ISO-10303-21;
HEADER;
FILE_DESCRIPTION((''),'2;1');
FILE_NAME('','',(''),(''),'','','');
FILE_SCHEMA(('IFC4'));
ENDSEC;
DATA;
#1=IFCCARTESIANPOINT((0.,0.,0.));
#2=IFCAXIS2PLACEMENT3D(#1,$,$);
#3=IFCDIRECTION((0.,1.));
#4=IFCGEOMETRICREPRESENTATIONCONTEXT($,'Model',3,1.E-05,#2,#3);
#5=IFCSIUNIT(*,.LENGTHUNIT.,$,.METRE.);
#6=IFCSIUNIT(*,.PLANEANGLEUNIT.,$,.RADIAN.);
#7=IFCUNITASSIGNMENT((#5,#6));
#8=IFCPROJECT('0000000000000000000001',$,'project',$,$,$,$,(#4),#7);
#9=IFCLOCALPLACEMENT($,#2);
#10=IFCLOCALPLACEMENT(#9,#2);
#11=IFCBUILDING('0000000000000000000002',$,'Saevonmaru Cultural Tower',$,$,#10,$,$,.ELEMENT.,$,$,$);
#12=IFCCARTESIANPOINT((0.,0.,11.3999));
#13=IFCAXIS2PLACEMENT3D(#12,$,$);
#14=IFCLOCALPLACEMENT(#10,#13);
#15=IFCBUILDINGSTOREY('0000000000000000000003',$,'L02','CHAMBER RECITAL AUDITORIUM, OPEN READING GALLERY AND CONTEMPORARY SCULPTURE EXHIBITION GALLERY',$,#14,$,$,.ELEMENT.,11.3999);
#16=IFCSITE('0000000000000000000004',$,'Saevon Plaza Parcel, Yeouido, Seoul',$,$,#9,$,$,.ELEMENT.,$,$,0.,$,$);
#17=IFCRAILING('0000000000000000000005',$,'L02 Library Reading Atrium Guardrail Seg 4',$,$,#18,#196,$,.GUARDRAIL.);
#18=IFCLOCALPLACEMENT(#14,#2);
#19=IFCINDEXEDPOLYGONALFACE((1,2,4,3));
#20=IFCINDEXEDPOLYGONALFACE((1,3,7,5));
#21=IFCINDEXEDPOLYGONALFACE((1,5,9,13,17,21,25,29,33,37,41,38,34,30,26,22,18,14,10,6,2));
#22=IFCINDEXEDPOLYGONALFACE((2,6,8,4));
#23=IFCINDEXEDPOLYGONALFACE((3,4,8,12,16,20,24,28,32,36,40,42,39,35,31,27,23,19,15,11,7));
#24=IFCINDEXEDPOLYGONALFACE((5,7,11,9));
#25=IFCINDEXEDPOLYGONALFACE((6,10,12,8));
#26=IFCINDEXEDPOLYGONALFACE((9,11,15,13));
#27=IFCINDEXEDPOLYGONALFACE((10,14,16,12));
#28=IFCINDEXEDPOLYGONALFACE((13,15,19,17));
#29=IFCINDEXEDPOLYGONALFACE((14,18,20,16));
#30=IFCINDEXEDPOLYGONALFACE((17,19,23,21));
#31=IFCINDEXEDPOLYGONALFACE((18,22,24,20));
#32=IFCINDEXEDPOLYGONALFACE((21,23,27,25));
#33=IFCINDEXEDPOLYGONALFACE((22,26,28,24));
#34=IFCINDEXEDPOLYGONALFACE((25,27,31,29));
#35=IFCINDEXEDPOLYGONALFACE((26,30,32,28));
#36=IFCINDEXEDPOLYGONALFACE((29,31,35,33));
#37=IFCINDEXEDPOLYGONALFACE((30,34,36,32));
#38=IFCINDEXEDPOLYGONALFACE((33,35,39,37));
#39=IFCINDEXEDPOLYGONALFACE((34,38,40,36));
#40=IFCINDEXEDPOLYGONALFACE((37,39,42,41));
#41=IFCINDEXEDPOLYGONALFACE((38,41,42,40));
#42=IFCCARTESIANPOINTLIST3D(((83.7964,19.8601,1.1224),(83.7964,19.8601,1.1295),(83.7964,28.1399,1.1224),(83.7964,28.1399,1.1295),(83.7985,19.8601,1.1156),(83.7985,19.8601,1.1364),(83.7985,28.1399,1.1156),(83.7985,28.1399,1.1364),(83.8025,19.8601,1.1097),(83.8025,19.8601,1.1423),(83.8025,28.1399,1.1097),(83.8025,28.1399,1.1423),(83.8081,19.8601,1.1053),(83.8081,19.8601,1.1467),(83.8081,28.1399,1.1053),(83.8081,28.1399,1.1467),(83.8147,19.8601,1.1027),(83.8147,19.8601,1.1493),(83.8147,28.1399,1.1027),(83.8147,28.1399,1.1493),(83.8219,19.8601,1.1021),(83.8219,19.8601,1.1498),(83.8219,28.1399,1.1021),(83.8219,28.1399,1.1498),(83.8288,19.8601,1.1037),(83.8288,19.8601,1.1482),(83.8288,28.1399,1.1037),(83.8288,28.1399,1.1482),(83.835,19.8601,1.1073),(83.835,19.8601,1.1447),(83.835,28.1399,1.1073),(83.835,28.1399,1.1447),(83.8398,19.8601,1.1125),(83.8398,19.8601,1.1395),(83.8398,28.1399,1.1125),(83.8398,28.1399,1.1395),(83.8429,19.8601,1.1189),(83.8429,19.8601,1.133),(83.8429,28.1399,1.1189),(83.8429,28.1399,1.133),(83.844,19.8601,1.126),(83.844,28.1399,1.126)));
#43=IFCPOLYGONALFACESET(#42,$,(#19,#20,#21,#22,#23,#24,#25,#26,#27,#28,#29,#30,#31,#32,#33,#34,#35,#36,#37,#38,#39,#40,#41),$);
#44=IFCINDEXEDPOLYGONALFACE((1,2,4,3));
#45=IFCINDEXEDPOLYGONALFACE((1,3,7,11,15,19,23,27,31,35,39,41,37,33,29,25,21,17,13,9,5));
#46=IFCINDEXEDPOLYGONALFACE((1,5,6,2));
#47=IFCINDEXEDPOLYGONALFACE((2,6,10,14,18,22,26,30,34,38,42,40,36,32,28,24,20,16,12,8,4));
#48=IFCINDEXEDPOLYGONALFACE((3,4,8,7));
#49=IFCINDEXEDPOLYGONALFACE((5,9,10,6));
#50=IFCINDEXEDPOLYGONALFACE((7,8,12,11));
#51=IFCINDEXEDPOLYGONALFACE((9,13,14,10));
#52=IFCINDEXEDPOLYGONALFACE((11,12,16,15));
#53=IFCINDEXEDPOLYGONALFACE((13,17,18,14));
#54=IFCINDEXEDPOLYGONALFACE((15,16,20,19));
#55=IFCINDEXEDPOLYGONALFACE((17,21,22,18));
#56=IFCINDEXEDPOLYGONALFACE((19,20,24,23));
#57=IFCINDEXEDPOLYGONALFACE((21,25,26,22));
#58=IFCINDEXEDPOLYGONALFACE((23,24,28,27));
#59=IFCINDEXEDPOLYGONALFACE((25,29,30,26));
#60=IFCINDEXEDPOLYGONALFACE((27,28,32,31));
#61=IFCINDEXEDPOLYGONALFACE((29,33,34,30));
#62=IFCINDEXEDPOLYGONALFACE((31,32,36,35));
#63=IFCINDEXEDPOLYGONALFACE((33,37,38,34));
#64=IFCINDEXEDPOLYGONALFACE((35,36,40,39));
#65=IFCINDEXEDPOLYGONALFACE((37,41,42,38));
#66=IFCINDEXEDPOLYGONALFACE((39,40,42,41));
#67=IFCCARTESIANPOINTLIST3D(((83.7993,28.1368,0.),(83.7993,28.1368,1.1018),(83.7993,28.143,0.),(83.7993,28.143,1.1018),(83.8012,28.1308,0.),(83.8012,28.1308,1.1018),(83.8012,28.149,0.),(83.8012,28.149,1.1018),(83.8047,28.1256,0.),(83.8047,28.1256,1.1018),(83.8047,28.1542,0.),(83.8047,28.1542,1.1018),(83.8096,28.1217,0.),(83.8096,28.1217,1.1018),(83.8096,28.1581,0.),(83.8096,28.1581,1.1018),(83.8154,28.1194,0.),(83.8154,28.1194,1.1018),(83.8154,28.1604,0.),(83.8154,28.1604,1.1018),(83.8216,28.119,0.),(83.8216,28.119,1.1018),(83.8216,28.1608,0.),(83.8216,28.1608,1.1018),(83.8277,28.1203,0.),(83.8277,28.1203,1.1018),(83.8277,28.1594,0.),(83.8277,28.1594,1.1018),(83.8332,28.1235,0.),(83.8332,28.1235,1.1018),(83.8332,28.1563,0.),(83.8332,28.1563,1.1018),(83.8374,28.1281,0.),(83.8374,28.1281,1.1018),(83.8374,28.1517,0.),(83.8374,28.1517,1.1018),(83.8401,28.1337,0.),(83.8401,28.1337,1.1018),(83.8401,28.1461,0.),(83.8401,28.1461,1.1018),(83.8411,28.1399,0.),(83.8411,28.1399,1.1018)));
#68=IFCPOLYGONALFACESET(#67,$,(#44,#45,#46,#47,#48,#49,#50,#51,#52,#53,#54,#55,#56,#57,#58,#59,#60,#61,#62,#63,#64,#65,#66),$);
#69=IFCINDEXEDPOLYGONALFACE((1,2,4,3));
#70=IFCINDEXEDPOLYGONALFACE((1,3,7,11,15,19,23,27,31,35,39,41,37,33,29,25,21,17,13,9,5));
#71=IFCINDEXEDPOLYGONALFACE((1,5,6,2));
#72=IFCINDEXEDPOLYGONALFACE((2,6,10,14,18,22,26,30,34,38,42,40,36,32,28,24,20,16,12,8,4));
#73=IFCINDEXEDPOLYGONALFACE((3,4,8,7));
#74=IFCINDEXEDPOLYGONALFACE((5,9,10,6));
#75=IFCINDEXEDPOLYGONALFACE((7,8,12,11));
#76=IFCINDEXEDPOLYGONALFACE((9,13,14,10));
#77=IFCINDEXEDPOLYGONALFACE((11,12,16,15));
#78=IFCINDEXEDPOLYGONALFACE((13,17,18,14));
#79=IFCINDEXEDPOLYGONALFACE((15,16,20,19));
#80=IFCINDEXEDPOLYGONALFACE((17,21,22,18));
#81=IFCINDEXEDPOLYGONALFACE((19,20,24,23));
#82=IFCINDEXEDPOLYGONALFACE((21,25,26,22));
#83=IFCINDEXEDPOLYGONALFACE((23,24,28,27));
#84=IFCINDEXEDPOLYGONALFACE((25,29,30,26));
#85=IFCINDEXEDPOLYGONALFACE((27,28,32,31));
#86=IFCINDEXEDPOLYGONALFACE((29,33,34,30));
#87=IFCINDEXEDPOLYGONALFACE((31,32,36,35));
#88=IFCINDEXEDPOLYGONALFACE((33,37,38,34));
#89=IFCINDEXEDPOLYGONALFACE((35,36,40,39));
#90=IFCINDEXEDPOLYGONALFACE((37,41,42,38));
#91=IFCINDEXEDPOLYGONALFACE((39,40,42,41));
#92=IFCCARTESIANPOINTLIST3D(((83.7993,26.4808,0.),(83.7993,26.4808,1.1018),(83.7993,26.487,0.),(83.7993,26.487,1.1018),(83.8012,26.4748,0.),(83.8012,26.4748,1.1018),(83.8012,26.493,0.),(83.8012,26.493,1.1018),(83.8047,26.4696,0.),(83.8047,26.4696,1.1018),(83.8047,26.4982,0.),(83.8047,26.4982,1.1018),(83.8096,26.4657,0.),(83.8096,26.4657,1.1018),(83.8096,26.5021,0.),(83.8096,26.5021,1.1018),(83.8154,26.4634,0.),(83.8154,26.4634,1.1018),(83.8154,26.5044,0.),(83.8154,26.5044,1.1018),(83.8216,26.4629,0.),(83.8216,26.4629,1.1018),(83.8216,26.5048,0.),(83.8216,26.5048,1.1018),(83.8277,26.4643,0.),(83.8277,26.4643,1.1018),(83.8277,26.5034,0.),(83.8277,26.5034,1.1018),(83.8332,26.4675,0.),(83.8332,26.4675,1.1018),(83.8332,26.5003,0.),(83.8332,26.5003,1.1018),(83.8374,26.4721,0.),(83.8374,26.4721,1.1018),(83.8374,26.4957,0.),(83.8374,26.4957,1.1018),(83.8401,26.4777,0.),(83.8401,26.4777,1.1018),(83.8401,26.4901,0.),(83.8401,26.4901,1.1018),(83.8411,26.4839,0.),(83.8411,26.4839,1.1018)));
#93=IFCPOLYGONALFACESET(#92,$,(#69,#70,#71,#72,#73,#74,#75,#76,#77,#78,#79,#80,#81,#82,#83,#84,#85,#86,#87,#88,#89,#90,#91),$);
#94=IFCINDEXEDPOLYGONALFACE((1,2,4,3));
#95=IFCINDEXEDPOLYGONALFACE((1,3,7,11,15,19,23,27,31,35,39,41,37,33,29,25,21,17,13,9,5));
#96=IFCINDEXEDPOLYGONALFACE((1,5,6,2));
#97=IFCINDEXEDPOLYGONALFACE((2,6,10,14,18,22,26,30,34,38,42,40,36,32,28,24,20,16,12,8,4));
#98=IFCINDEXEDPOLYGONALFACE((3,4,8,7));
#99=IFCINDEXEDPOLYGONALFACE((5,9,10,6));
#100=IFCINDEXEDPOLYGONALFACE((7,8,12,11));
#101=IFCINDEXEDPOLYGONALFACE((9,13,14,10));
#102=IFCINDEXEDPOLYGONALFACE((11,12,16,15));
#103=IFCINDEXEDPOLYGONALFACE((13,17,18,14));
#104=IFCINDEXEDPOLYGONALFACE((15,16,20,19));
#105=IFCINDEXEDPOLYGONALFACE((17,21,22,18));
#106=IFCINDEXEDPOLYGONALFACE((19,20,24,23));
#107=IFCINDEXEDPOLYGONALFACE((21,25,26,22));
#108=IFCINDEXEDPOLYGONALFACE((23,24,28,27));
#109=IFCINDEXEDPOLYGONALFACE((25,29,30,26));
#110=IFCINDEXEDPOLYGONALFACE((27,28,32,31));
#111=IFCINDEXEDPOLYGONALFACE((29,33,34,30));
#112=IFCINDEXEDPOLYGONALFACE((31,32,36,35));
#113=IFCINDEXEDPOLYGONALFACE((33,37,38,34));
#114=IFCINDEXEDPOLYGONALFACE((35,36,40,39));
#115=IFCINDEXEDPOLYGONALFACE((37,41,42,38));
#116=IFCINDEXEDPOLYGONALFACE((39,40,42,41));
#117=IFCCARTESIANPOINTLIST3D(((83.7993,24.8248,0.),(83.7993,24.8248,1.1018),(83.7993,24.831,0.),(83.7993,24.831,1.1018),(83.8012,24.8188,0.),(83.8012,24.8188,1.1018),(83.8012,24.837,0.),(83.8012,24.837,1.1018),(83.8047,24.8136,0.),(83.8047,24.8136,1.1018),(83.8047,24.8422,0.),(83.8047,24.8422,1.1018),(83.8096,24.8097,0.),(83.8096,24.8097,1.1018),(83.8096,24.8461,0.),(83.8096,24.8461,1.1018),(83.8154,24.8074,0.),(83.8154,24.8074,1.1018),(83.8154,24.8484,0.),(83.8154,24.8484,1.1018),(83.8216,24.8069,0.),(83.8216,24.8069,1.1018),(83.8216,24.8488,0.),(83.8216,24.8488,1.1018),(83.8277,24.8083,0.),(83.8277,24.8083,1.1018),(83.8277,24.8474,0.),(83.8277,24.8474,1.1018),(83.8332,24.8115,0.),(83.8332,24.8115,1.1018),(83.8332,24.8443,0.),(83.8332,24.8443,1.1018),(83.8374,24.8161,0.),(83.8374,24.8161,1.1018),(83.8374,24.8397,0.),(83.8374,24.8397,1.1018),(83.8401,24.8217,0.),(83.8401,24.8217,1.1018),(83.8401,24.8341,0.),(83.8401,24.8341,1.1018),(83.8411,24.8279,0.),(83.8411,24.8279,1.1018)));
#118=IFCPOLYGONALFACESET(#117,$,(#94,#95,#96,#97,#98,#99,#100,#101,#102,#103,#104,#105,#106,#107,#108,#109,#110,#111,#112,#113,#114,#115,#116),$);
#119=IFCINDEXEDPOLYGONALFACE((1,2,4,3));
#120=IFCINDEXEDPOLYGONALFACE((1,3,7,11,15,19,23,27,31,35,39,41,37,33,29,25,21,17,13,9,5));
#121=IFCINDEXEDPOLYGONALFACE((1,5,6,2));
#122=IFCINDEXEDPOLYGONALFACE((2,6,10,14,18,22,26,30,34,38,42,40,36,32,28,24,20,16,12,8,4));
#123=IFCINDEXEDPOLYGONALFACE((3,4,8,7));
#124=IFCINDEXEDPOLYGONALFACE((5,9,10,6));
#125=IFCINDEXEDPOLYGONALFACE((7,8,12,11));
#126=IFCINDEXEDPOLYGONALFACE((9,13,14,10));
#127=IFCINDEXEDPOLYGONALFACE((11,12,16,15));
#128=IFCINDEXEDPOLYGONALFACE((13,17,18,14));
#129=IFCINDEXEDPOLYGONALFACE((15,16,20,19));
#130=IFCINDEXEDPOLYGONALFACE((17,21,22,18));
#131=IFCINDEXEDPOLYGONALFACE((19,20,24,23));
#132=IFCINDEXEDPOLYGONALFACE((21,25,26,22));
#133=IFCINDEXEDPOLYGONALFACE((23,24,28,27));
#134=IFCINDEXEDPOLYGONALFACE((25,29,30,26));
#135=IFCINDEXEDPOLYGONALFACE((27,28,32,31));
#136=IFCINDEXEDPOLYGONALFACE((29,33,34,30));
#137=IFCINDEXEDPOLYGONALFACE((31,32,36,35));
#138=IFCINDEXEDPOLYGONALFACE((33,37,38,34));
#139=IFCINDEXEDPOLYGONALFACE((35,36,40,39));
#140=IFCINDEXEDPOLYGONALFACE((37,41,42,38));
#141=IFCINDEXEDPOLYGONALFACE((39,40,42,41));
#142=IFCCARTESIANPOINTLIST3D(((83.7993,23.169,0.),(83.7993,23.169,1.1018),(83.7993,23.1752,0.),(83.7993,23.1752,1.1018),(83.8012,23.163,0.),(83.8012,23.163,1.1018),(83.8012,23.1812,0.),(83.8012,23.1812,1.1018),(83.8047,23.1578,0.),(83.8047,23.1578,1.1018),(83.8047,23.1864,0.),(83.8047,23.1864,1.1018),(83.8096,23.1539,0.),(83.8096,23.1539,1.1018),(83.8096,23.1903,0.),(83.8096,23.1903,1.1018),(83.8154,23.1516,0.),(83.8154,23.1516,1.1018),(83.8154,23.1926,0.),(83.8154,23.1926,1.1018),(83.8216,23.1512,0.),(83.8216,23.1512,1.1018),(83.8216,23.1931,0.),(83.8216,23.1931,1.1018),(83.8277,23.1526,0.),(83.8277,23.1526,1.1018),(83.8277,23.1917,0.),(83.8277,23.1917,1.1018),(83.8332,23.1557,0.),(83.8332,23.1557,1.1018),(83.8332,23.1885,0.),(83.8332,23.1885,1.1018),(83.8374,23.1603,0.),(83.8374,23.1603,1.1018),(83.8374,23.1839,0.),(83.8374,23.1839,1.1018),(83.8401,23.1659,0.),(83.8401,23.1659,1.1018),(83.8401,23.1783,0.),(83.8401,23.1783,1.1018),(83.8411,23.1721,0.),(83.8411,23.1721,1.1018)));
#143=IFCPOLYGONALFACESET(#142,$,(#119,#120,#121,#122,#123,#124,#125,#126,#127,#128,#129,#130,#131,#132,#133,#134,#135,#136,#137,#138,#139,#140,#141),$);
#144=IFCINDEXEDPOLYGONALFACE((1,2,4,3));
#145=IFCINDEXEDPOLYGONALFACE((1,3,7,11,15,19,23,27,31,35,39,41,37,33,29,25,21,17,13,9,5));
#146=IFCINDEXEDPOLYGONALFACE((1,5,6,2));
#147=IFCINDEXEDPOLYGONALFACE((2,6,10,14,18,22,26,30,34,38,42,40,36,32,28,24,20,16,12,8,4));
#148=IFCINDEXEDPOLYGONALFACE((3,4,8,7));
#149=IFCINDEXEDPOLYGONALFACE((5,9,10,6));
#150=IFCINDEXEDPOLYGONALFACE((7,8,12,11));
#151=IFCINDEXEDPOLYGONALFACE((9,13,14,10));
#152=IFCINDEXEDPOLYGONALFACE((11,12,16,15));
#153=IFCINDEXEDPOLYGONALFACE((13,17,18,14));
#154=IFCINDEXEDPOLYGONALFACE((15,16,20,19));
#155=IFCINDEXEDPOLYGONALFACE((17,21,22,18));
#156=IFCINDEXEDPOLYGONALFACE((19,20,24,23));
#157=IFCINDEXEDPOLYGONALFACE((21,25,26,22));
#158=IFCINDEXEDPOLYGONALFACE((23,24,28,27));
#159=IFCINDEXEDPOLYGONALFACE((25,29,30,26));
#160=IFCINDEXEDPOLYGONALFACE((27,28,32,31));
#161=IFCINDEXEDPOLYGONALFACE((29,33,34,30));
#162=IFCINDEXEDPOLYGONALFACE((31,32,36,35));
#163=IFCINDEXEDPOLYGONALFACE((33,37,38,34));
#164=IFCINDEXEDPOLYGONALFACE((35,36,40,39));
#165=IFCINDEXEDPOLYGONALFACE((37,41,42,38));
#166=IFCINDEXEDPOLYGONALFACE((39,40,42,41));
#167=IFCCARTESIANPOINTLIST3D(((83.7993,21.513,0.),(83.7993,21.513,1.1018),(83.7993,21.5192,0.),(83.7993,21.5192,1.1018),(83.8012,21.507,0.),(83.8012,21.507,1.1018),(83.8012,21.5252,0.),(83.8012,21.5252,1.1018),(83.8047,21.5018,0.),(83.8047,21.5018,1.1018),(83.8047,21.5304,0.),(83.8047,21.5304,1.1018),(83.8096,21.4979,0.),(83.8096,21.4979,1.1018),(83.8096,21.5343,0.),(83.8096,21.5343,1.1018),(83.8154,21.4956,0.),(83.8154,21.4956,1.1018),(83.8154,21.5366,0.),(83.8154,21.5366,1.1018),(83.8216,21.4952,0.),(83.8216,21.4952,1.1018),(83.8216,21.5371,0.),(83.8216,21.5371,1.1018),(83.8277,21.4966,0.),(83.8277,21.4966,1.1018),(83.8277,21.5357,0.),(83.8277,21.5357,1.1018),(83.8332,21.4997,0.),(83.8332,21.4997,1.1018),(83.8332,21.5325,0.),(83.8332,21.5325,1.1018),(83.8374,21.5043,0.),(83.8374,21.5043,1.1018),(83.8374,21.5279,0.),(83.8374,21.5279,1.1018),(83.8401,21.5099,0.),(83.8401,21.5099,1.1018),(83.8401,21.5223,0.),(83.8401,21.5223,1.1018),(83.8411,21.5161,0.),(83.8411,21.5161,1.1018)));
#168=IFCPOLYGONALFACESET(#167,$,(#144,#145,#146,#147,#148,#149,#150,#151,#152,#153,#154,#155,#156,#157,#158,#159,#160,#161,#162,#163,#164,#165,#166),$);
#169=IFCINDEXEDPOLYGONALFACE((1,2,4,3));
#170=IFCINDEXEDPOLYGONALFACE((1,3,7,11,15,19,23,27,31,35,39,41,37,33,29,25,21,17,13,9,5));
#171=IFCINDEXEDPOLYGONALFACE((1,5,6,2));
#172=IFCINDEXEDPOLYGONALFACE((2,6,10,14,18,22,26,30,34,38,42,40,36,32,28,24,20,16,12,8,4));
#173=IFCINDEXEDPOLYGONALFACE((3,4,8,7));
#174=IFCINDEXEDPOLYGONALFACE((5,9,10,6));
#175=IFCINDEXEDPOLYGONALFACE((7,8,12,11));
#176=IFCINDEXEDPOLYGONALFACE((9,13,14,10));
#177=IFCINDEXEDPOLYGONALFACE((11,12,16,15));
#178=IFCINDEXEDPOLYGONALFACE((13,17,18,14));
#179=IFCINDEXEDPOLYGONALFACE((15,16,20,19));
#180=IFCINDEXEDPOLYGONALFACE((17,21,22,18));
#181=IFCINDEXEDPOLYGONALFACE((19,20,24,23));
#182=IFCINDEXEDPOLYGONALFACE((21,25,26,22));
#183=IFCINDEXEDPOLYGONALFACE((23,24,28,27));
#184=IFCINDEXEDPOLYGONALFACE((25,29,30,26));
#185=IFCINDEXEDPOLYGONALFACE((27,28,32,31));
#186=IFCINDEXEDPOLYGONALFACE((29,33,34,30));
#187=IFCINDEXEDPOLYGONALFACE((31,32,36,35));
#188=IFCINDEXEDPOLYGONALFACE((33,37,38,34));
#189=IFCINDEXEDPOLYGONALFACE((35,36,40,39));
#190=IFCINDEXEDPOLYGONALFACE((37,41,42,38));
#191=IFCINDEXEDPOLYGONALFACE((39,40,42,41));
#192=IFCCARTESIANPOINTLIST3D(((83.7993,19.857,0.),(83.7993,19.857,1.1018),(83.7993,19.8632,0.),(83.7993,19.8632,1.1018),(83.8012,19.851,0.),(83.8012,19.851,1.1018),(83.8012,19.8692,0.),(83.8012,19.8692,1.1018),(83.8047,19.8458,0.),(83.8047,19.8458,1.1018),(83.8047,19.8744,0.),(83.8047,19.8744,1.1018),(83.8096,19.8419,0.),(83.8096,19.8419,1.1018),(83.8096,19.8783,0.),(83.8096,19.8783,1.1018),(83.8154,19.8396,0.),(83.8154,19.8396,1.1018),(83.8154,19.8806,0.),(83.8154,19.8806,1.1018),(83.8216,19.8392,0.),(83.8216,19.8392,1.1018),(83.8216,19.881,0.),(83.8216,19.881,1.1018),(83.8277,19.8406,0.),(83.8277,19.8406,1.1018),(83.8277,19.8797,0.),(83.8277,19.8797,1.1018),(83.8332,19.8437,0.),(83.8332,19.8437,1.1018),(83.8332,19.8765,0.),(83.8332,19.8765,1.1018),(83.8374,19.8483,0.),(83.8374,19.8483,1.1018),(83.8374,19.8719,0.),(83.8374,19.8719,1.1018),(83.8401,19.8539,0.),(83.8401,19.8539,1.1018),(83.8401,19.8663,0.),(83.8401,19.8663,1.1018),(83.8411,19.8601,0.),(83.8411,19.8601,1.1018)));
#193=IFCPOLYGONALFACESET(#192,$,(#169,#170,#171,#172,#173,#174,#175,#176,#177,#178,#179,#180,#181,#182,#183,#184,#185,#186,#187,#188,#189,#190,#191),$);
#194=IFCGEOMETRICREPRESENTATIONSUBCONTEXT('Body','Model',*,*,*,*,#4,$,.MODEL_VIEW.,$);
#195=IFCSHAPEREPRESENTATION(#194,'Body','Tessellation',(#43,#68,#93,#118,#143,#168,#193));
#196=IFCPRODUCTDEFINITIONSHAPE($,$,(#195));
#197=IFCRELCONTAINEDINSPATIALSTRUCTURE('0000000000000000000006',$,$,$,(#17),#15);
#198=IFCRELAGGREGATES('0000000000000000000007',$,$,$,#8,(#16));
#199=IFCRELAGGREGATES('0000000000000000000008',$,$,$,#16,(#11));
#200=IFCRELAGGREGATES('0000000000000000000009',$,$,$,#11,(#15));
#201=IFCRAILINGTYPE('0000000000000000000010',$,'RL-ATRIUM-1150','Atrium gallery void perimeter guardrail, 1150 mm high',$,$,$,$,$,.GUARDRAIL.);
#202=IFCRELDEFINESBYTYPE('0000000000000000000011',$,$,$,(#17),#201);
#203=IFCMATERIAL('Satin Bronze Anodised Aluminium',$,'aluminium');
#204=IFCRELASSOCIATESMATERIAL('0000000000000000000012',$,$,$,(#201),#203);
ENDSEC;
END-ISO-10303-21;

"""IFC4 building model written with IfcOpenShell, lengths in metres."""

from ifc_helpers import new_model, si_unit, direction, frame, origin, origin_2d, place, context, subcontext, project, spatial, circle, extrude, material, type_object, element, save


model = new_model("IFC4")

# Units and contexts
model_context = context("Model", 3, precision=1e-05, world=origin(), true_north=direction((0.0, 1.0)))
body_context = subcontext(model_context, "Body", "Model", "MODEL_VIEW")
ifc_project = project(units=[si_unit("LENGTHUNIT", "METRE"), si_unit("PLANEANGLEUNIT", "RADIAN")], contexts=[model_context])

# Site, building, storey
site_placement = place(None, origin())
site = spatial("IfcSite", under=ifc_project, at=site_placement, Name="Saevon Plaza Parcel, Yeouido, Seoul", CompositionType="ELEMENT", RefElevation=0.0)
building_placement = place(site_placement, origin())
building = spatial("IfcBuilding", under=site, at=building_placement, Name="Saevonmaru Cultural Tower", CompositionType="ELEMENT")
storey_placement = place(building_placement, frame((0.0, 0.0, 11.3999)))
storey = spatial("IfcBuildingStorey", under=building, at=storey_placement, Name="L02", Description="CHAMBER RECITAL AUDITORIUM, OPEN READING GALLERY AND CONTEMPORARY SCULPTURE EXHIBITION GALLERY", CompositionType="ELEMENT", Elevation=11.3999)

# Shared definitions
ifc_material_1 = material(Name="Satin Bronze Anodised Aluminium", Category="aluminium")

# Railing
railing_type = type_object("IfcRailingType", Name="RL-ATRIUM-1150", Description="Atrium gallery void perimeter guardrail, 1150 mm high", PredefinedType="GUARDRAIL", material=ifc_material_1)
railing_1_placement = place(storey_placement, frame((83.8201, 28.1399, 0.0)))
element("IfcRailing", 1, at=railing_1_placement, inside=storey, type_object=railing_type, Name="L02 Library Reading Atrium Guardrail Seg 4", PredefinedType="GUARDRAIL", context=body_context, shape_type="SweptSolid", body=[
    extrude(circle(Radius=0.0239, at=origin_2d()), frame((0.0, 0.0, 1.126), z_axis=(0.0, -1.0, 0.0), x_axis=(1.0, 0.0, 0.0)), (0.0, 0.0, 1.0), 8.2798),
    extrude(circle(Radius=0.021, at=origin_2d()), origin(), (0.0, 0.0, 1.0), 1.1018),
    extrude(circle(Radius=0.021, at=origin_2d()), frame((0.0, -1.656, 0.0)), (0.0, 0.0, 1.0), 1.1018),
    extrude(circle(Radius=0.021, at=origin_2d()), frame((0.0, -3.312, 0.0)), (0.0, 0.0, 1.0), 1.1018),
    extrude(circle(Radius=0.021, at=origin_2d()), frame((0.0, -4.9678, 0.0)), (0.0, 0.0, 1.0), 1.1018),
    extrude(circle(Radius=0.021, at=origin_2d()), frame((0.0, -6.6238, 0.0)), (0.0, 0.0, 1.0), 1.1018),
    extrude(circle(Radius=0.021, at=origin_2d()), frame((0.0, -8.2798, 0.0)), (0.0, 0.0, 1.0), 1.1018),
])

save(model, "model.ifc")
